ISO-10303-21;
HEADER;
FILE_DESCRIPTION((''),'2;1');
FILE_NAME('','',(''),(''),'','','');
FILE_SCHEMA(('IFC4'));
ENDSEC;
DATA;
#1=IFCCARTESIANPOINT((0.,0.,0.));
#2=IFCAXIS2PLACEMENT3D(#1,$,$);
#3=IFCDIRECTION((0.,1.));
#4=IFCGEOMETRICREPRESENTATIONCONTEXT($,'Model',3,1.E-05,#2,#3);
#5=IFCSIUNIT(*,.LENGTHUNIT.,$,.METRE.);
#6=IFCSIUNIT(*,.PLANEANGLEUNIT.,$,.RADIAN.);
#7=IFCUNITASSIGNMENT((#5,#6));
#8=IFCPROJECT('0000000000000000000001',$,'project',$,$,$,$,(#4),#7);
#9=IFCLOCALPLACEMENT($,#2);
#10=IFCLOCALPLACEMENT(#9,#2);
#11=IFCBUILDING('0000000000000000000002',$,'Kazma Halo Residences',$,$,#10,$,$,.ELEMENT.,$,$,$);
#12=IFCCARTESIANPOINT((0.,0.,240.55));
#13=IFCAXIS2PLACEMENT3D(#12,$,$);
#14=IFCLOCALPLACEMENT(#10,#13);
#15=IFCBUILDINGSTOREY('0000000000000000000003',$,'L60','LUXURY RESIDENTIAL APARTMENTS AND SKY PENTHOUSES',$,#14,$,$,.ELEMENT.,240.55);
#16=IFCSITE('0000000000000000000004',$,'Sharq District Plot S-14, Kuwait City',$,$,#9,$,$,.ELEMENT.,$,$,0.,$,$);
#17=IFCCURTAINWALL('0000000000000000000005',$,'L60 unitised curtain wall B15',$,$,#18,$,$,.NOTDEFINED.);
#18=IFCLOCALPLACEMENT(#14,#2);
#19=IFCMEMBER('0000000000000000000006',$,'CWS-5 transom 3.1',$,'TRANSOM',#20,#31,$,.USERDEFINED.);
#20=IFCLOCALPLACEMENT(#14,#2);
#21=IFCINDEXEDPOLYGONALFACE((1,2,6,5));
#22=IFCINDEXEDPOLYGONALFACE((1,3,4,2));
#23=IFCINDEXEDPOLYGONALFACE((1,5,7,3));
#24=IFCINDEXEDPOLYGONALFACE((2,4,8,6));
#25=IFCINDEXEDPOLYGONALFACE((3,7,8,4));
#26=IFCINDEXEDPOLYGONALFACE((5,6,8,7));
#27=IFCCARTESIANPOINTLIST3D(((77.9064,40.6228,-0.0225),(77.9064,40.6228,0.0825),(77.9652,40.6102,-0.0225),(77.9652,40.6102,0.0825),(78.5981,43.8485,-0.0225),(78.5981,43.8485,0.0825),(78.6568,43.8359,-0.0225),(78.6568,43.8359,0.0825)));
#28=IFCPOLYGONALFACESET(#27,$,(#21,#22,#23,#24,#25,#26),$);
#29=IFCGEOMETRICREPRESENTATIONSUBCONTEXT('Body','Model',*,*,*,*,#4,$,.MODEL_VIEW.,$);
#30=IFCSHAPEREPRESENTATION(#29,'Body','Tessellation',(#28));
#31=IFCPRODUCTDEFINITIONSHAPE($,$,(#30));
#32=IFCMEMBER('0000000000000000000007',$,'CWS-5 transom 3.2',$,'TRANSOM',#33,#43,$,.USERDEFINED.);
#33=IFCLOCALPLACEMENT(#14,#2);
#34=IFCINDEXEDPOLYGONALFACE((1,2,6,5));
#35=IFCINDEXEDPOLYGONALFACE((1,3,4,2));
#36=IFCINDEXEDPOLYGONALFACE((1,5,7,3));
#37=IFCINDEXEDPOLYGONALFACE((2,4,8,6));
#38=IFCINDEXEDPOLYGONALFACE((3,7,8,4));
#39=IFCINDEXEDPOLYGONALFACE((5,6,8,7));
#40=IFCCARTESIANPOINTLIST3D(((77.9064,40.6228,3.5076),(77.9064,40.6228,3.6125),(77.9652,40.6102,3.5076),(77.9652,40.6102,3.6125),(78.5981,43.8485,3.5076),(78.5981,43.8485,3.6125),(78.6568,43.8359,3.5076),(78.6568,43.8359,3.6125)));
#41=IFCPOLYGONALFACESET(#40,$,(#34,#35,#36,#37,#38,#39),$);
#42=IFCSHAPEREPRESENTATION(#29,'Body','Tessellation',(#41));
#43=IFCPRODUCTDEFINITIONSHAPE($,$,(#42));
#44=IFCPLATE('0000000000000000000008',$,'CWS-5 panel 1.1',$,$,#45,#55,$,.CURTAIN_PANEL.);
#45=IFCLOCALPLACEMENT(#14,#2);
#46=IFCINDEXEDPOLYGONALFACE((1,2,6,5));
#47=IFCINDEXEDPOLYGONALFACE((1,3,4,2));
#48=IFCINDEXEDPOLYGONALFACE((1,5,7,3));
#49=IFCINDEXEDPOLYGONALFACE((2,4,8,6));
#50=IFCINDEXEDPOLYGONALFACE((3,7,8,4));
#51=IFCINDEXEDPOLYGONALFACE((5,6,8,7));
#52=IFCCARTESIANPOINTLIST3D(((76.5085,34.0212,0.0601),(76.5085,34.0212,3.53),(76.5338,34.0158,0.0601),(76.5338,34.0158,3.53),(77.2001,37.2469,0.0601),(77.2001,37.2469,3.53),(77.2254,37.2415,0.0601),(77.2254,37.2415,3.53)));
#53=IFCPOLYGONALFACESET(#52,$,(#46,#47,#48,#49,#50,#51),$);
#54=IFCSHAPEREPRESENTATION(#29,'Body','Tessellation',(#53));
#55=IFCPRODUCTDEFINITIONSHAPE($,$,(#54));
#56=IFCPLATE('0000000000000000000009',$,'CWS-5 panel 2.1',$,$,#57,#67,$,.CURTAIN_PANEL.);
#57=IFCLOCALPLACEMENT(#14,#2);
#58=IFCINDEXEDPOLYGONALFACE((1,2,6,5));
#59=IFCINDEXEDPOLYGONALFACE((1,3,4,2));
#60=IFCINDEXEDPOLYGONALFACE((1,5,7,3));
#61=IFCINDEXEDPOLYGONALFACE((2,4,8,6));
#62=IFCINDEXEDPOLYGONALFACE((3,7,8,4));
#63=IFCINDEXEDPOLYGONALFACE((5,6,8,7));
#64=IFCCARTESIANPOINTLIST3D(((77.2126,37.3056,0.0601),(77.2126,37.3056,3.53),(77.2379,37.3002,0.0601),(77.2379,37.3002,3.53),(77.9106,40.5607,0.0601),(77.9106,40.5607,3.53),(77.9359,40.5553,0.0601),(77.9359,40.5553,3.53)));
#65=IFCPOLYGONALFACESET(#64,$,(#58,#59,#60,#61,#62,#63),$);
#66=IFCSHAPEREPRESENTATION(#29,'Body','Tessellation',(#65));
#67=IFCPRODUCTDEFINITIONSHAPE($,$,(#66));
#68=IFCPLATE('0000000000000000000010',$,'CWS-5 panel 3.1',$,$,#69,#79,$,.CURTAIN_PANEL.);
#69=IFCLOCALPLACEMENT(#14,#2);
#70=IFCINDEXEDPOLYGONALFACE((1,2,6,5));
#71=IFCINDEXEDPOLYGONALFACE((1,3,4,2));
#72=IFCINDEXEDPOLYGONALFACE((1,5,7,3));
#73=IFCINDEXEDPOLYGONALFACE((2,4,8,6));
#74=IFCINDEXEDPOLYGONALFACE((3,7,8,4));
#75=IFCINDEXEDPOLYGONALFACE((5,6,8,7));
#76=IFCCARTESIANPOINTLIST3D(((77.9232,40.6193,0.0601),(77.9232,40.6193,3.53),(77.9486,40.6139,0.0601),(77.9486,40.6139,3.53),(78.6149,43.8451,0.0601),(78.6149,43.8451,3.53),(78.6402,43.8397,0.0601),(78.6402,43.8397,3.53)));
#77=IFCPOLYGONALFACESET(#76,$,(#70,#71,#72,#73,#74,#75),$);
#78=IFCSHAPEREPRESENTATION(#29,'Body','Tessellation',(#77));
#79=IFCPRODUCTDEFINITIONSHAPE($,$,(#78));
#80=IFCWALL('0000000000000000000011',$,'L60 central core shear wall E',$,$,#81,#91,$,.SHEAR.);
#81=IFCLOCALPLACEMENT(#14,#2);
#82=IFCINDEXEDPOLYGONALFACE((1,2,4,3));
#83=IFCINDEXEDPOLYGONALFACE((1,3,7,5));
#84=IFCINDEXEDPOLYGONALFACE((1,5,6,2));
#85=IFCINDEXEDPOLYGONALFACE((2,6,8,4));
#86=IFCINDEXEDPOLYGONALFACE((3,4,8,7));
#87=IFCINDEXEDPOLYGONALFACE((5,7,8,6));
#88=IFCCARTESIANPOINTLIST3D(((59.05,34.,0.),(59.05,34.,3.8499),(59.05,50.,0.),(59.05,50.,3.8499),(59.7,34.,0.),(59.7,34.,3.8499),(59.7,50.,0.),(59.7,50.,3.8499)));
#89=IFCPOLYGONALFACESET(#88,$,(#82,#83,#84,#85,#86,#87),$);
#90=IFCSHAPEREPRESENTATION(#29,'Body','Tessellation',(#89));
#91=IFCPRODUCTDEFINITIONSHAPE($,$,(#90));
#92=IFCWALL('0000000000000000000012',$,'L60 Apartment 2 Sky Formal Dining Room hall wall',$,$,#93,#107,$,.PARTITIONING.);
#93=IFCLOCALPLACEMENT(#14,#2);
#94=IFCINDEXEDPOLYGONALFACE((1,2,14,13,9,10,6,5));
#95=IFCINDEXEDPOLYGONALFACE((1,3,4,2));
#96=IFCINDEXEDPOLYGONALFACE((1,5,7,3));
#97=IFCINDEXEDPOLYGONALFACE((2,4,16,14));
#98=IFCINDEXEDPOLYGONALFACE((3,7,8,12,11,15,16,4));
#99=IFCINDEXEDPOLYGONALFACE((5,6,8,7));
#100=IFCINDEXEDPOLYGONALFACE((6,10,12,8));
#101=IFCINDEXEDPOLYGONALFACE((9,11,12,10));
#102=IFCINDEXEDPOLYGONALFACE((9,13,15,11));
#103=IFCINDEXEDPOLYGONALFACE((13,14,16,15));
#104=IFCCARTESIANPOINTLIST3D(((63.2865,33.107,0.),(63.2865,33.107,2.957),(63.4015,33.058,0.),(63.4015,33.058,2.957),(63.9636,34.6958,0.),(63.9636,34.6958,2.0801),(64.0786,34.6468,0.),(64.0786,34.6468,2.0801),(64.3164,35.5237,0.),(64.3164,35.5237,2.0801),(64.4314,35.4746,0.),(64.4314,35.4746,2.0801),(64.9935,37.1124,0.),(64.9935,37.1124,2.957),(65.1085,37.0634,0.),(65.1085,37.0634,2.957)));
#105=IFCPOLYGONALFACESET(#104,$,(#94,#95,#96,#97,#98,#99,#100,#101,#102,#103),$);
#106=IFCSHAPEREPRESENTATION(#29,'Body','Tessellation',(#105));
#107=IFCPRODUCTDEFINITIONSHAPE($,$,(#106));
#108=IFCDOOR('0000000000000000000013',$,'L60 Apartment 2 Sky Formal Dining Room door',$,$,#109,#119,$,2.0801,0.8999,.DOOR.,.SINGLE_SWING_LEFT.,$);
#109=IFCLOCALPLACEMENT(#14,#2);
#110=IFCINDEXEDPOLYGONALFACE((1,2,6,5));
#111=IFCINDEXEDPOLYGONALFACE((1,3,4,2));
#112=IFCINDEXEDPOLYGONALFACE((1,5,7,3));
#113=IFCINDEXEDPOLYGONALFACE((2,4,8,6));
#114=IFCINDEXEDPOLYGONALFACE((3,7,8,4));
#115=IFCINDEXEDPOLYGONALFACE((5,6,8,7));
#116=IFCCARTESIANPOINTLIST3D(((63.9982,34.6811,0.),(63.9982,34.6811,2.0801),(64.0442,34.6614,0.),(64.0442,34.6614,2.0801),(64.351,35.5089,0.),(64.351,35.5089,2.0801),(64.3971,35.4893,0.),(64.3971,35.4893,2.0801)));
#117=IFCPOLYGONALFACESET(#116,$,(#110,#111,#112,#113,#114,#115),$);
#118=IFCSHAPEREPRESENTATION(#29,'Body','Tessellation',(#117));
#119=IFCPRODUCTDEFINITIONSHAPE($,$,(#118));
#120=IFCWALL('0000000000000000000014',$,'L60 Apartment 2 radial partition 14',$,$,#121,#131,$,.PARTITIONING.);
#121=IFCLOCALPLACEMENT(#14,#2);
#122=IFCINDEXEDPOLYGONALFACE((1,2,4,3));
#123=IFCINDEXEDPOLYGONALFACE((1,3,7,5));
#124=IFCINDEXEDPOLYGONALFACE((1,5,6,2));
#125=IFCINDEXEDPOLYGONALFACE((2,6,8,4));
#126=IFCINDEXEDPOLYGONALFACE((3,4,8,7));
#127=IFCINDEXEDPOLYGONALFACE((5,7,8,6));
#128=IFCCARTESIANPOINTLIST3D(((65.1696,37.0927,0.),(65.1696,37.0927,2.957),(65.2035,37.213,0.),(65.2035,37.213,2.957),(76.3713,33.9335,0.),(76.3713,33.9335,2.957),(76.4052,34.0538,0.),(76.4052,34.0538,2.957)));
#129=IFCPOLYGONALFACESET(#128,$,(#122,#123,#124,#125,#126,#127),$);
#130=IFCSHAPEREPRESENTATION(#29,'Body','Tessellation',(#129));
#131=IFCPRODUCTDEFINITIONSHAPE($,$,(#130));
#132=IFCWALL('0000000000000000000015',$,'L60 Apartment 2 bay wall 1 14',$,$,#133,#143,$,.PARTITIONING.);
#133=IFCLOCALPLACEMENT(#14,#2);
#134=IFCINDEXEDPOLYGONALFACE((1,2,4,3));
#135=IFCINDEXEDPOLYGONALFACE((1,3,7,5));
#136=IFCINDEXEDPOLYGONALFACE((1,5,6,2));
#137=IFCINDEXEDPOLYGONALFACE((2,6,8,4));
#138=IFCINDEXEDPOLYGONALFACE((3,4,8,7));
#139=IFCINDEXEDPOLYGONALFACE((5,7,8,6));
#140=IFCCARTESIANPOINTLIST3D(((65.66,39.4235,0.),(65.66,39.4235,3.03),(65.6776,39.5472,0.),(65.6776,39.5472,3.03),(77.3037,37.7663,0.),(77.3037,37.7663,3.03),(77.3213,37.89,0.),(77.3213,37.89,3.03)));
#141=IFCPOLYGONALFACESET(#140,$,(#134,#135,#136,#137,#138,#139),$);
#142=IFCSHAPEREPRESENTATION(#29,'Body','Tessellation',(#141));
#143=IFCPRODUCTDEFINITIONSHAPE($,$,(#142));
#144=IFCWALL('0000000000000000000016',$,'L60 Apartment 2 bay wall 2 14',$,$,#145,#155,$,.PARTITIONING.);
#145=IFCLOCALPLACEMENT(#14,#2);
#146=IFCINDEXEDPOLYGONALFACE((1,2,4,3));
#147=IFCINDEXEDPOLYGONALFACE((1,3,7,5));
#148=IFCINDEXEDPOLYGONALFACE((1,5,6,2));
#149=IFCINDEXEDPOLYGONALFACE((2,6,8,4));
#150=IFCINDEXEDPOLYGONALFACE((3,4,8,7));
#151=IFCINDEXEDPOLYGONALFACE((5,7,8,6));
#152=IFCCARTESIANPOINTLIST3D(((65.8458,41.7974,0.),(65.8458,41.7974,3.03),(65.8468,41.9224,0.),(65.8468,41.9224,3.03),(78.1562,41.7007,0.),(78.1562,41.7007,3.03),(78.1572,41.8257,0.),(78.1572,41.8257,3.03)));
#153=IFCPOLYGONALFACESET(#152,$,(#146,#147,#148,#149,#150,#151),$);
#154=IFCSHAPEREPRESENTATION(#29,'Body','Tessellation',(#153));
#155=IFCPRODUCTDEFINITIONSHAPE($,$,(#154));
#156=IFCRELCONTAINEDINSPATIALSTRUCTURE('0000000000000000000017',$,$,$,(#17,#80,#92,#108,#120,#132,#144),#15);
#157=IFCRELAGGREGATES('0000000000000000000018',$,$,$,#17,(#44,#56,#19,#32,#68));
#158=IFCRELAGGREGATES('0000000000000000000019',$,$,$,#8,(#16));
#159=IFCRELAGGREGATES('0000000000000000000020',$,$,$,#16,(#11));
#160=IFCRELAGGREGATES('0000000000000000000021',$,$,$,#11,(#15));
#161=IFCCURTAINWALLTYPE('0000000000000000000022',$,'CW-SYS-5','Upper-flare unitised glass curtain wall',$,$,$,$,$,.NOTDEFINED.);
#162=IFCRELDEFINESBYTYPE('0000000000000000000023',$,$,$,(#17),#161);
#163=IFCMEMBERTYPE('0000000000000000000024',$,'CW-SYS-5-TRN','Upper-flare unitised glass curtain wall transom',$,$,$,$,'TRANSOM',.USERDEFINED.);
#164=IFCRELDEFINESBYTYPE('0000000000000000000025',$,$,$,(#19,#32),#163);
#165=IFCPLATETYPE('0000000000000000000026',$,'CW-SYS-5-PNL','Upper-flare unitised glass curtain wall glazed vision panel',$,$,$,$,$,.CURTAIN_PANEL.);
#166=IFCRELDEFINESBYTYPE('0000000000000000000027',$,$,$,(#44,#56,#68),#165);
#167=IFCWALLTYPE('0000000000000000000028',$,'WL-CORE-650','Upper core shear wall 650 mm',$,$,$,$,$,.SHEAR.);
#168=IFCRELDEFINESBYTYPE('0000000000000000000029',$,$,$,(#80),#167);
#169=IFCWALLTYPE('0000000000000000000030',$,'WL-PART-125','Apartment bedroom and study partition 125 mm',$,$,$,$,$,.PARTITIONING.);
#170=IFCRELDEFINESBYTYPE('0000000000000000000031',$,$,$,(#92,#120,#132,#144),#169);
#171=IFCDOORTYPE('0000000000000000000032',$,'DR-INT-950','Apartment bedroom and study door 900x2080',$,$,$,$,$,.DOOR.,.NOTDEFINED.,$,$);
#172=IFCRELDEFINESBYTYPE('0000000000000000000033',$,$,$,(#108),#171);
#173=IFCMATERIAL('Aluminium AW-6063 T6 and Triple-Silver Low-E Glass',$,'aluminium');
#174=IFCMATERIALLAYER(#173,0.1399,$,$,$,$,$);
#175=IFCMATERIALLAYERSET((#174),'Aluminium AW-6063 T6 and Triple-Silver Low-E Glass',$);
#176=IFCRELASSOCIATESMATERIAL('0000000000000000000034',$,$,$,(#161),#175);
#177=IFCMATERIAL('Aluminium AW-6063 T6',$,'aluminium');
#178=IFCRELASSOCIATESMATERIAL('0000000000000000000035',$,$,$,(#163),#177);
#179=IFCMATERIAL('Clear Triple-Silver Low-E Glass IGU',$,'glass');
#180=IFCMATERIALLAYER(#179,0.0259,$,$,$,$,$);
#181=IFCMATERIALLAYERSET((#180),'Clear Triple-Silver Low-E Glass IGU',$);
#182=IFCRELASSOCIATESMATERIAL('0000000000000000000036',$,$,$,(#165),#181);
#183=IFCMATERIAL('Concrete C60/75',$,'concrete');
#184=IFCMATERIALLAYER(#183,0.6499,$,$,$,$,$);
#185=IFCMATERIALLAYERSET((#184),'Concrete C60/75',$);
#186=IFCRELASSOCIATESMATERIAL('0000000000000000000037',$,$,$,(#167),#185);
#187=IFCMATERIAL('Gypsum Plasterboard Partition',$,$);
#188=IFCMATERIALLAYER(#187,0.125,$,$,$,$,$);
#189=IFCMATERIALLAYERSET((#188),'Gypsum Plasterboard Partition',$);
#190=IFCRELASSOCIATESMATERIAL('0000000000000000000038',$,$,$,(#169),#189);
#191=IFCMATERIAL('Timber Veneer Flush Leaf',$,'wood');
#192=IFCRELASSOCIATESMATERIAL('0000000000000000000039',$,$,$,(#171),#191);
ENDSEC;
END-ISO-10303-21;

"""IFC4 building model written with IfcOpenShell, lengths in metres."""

from ifc_helpers import new_model, si_unit, direction, frame, frame_2d, origin, origin_2d, place, context, subcontext, project, spatial, rectangle, extrude, material, layer, layer_set, material_profile, profile_set, type_object, element, fill, aggregate, save


model = new_model("IFC4")

# Units and contexts
model_context = context("Model", 3, precision=1e-05, world=origin(), true_north=direction((0.0, 1.0)))
body_context = subcontext(model_context, "Body", "Model", "MODEL_VIEW")
ifc_project = project(units=[si_unit("LENGTHUNIT", "METRE"), si_unit("PLANEANGLEUNIT", "RADIAN")], contexts=[model_context])

# Site, building, storey
site_placement = place(None, origin())
site = spatial("IfcSite", under=ifc_project, at=site_placement, Name="Sharq District Plot S-14, Kuwait City", CompositionType="ELEMENT", RefElevation=0.0)
building_placement = place(site_placement, origin())
building = spatial("IfcBuilding", under=site, at=building_placement, Name="Kazma Halo Residences", CompositionType="ELEMENT")
storey_placement = place(building_placement, frame((0.0, 0.0, 240.55)))
storey = spatial("IfcBuildingStorey", under=building, at=storey_placement, Name="L60", Description="LUXURY RESIDENTIAL APARTMENTS AND SKY PENTHOUSES", CompositionType="ELEMENT", Elevation=240.55)

# Shared definitions
ifc_material_1 = material(Name="Concrete C60/75", Category="concrete")

# Curtain wall, members, plates
ifc_material_2 = material(Name="Aluminium AW-6063 T6 and Triple-Silver Low-E Glass", Category="aluminium")
ifc_layer_1 = layer(ifc_material_2, 0.1399)
ifc_layer_set_1 = layer_set([ifc_layer_1], Name="Aluminium AW-6063 T6 and Triple-Silver Low-E Glass")
curtain_wall_type = type_object("IfcCurtainWallType", Name="CW-SYS-5", Description="Upper-flare unitised glass curtain wall", PredefinedType="NOTDEFINED", material=ifc_layer_set_1)
curtain_wall_placement = place(storey_placement, origin())
curtain_wall = element("IfcCurtainWall", 1, at=curtain_wall_placement, inside=storey, type_object=curtain_wall_type, Name="L60 unitised curtain wall B15", PredefinedType="NOTDEFINED")
ifc_material_3 = material(Name="Aluminium AW-6063 T6", Category="aluminium")
ifc_material_profile_1 = material_profile(ifc_material_3, rectangle(XDim=0.0601, YDim=0.105, at=origin_2d()), Name="CWT-60x105")
ifc_profile_set_1 = profile_set([ifc_material_profile_1], Name="Aluminium AW-6063 T6")
member_type_1 = type_object("IfcMemberType", Name="CW-SYS-5-TRN", Description="Upper-flare unitised glass curtain wall transom", ElementType="TRANSOM", PredefinedType="USERDEFINED", material=ifc_profile_set_1)
member_1_placement = place(storey_placement, frame((77.9358, 40.6165, 0.03), z_axis=(0.209645, 0.977777, 0.0), x_axis=(-0.977777, 0.209645, 0.0)))
member_1 = element("IfcMember", 2, at=member_1_placement, type_object=member_type_1, Name="CWS-5 transom 3.1", ObjectType="TRANSOM", PredefinedType="USERDEFINED", context=body_context, shape_type="SweptSolid", body=[
    extrude(rectangle(XDim=0.0601, YDim=0.105, at=origin_2d()), origin(), (0.0, 0.0, 1.0), 3.2991),
])
member_2_placement = place(storey_placement, frame((77.9358, 40.6165, 3.5601), z_axis=(0.209645, 0.977777, 0.0), x_axis=(-0.977777, 0.209645, 0.0)))
member_2 = element("IfcMember", 3, at=member_2_placement, type_object=member_type_1, Name="CWS-5 transom 3.2", ObjectType="TRANSOM", PredefinedType="USERDEFINED", context=body_context, shape_type="SweptSolid", body=[
    extrude(rectangle(XDim=0.0601, YDim=0.105, at=origin_2d()), origin(), (0.0, 0.0, 1.0), 3.2991),
])
ifc_material_4 = material(Name="Clear Triple-Silver Low-E Glass IGU", Category="glass")
ifc_layer_2 = layer(ifc_material_4, 0.0259)
ifc_layer_set_2 = layer_set([ifc_layer_2], Name="Clear Triple-Silver Low-E Glass IGU")
plate_type = type_object("IfcPlateType", Name="CW-SYS-5-PNL", Description="Upper-flare unitised glass curtain wall glazed vision panel", PredefinedType="CURTAIN_PANEL", material=ifc_layer_set_2)
plate_1_placement = place(storey_placement, frame((76.8669, 35.6313, 0.0601), z_axis=(0.0, 0.0, 1.0), x_axis=(0.209657, 0.977775, 0.0)))
plate_1 = element("IfcPlate", 4, at=plate_1_placement, type_object=plate_type, Name="CWS-5 panel 1.1", PredefinedType="CURTAIN_PANEL", context=body_context, shape_type="SweptSolid", body=[
    extrude(rectangle(XDim=3.2991, YDim=0.0259, at=origin_2d()), origin(), (0.0, 0.0, 1.0), 3.47),
])
plate_2_placement = place(storey_placement, frame((77.5742, 38.9304, 0.0601), z_axis=(0.0, 0.0, 1.0), x_axis=(0.209657, 0.977775, 0.0)))
plate_2 = element("IfcPlate", 5, at=plate_2_placement, type_object=plate_type, Name="CWS-5 panel 2.1", PredefinedType="CURTAIN_PANEL", context=body_context, shape_type="SweptSolid", body=[
    extrude(rectangle(XDim=3.3291, YDim=0.0259, at=origin_2d()), origin(), (0.0, 0.0, 1.0), 3.47),
])
plate_3_placement = place(storey_placement, frame((78.2817, 42.2295, 0.0601), z_axis=(0.0, 0.0, 1.0), x_axis=(0.209657, 0.977775, 0.0)))
plate_3 = element("IfcPlate", 6, at=plate_3_placement, type_object=plate_type, Name="CWS-5 panel 3.1", PredefinedType="CURTAIN_PANEL", context=body_context, shape_type="SweptSolid", body=[
    extrude(rectangle(XDim=3.2991, YDim=0.0259, at=origin_2d()), origin(), (0.0, 0.0, 1.0), 3.47),
])
aggregate(curtain_wall, [plate_1, plate_2, member_1, member_2, plate_3])

# Wall
ifc_layer_3 = layer(ifc_material_1, 0.6499)
ifc_layer_set_3 = layer_set([ifc_layer_3], Name="Concrete C60/75")
wall_type_1 = type_object("IfcWallType", Name="WL-CORE-650", Description="Upper core shear wall 650 mm", PredefinedType="SHEAR", material=ifc_layer_set_3)
wall_1_placement = place(storey_placement, frame((59.375, 34.0, 0.0), z_axis=(0.0, 0.0, 1.0), x_axis=(0.0, 1.0, 0.0)))
element("IfcWall", 7, at=wall_1_placement, inside=storey, type_object=wall_type_1, Name="L60 central core shear wall E", PredefinedType="SHEAR", context=body_context, shape_type="SweptSolid", body=[
    extrude(rectangle(XDim=16.0, YDim=0.6499, at=frame_2d((8.0, 0.0))), origin(), (0.0, 0.0, 1.0), 3.8499),
])

# Wall, opening, door
ifc_material_5 = material(Name="Gypsum Plasterboard Partition")
ifc_layer_4 = layer(ifc_material_5, 0.125)
ifc_layer_set_4 = layer_set([ifc_layer_4], Name="Gypsum Plasterboard Partition")
wall_type_2 = type_object("IfcWallType", Name="WL-PART-125", Description="Apartment bedroom and study partition 125 mm", PredefinedType="PARTITIONING", material=ifc_layer_set_4)
wall_2_placement = place(storey_placement, frame((63.344, 33.0825, 0.0), z_axis=(0.0, 0.0, 1.0), x_axis=(0.392064, 0.919938, 0.0)))
wall_2 = element("IfcWall", 8, at=wall_2_placement, inside=storey, type_object=wall_type_2, Name="L60 Apartment 2 Sky Formal Dining Room hall wall", PredefinedType="PARTITIONING", context=body_context, shape_type="SweptSolid", body=[
    extrude(rectangle(XDim=4.354, YDim=0.125, at=frame_2d((2.177, 0.0))), origin(), (0.0, 0.0, 1.0), 2.957),
])
opening_1_placement = place(wall_2_placement, frame((1.7271, 0.0, 0.0)))
opening_1 = element("IfcOpeningElement", 9, at=opening_1_placement, cuts=wall_2, PredefinedType="OPENING", context=body_context, shape_type="SweptSolid", body=[
    extrude(rectangle(XDim=0.8999, YDim=2.0801, at=frame_2d((0.45, 1.04))), frame((0.0, 0.0725, 0.0), z_axis=(0.0, -1.0, 0.0), x_axis=(1.0, 0.0, 0.0)), (0.0, 0.0, 1.0), 0.145),
])
ifc_material_6 = material(Name="Timber Veneer Flush Leaf", Category="wood")
door_type_1 = type_object("IfcDoorType", Name="DR-INT-950", Description="Apartment bedroom and study door 900x2080", OperationType="NOTDEFINED", PredefinedType="DOOR", material=ifc_material_6)
door_1_placement = place(opening_1_placement, origin())
door_1 = element("IfcDoor", 10, at=door_1_placement, inside=storey, type_object=door_type_1, Name="L60 Apartment 2 Sky Formal Dining Room door", OperationType="SINGLE_SWING_LEFT", OverallHeight=2.0801, OverallWidth=0.8999, PredefinedType="DOOR", context=body_context, shape_type="SweptSolid", body=[
    extrude(rectangle(XDim=0.8999, YDim=2.0801, at=frame_2d((0.45, 1.04))), frame((0.0, 0.0249, 0.0), z_axis=(0.0, -1.0, 0.0), x_axis=(1.0, 0.0, 0.0)), (0.0, 0.0, 1.0), 0.05),
])
fill(opening_1, door_1)

# Walls
wall_3_placement = place(storey_placement, frame((65.1865, 37.1528, 0.0), z_axis=(0.0, 0.0, 1.0), x_axis=(0.962456, -0.271439, 0.0)))
element("IfcWall", 11, at=wall_3_placement, inside=storey, type_object=wall_type_2, Name="L60 Apartment 2 radial partition 14", PredefinedType="PARTITIONING", context=body_context, shape_type="SweptSolid", body=[
    extrude(rectangle(XDim=11.6387, YDim=0.125, at=frame_2d((5.8193, 0.0))), origin(), (0.0, 0.0, 1.0), 2.957),
])
wall_4_placement = place(storey_placement, frame((65.6689, 39.4854, 0.0), z_axis=(0.0, 0.0, 1.0), x_axis=(0.990022, -0.14091, 0.0)))
element("IfcWall", 12, at=wall_4_placement, inside=storey, type_object=wall_type_2, Name="L60 Apartment 2 bay wall 1 14", PredefinedType="PARTITIONING", context=body_context, shape_type="SweptSolid", body=[
    extrude(rectangle(XDim=11.761, YDim=0.125, at=frame_2d((5.8804, 0.0))), origin(), (0.0, 0.0, 1.0), 3.03),
])
wall_5_placement = place(storey_placement, frame((65.8464, 41.8599, 0.0), z_axis=(0.0, 0.0, 1.0), x_axis=(0.999969, -0.007853, 0.0)))
element("IfcWall", 13, at=wall_5_placement, inside=storey, type_object=wall_type_2, Name="L60 Apartment 2 bay wall 2 14", PredefinedType="PARTITIONING", context=body_context, shape_type="SweptSolid", body=[
    extrude(rectangle(XDim=12.3108, YDim=0.125, at=frame_2d((6.1553, 0.0))), origin(), (0.0, 0.0, 1.0), 3.03),
])

save(model, "model.ifc")
